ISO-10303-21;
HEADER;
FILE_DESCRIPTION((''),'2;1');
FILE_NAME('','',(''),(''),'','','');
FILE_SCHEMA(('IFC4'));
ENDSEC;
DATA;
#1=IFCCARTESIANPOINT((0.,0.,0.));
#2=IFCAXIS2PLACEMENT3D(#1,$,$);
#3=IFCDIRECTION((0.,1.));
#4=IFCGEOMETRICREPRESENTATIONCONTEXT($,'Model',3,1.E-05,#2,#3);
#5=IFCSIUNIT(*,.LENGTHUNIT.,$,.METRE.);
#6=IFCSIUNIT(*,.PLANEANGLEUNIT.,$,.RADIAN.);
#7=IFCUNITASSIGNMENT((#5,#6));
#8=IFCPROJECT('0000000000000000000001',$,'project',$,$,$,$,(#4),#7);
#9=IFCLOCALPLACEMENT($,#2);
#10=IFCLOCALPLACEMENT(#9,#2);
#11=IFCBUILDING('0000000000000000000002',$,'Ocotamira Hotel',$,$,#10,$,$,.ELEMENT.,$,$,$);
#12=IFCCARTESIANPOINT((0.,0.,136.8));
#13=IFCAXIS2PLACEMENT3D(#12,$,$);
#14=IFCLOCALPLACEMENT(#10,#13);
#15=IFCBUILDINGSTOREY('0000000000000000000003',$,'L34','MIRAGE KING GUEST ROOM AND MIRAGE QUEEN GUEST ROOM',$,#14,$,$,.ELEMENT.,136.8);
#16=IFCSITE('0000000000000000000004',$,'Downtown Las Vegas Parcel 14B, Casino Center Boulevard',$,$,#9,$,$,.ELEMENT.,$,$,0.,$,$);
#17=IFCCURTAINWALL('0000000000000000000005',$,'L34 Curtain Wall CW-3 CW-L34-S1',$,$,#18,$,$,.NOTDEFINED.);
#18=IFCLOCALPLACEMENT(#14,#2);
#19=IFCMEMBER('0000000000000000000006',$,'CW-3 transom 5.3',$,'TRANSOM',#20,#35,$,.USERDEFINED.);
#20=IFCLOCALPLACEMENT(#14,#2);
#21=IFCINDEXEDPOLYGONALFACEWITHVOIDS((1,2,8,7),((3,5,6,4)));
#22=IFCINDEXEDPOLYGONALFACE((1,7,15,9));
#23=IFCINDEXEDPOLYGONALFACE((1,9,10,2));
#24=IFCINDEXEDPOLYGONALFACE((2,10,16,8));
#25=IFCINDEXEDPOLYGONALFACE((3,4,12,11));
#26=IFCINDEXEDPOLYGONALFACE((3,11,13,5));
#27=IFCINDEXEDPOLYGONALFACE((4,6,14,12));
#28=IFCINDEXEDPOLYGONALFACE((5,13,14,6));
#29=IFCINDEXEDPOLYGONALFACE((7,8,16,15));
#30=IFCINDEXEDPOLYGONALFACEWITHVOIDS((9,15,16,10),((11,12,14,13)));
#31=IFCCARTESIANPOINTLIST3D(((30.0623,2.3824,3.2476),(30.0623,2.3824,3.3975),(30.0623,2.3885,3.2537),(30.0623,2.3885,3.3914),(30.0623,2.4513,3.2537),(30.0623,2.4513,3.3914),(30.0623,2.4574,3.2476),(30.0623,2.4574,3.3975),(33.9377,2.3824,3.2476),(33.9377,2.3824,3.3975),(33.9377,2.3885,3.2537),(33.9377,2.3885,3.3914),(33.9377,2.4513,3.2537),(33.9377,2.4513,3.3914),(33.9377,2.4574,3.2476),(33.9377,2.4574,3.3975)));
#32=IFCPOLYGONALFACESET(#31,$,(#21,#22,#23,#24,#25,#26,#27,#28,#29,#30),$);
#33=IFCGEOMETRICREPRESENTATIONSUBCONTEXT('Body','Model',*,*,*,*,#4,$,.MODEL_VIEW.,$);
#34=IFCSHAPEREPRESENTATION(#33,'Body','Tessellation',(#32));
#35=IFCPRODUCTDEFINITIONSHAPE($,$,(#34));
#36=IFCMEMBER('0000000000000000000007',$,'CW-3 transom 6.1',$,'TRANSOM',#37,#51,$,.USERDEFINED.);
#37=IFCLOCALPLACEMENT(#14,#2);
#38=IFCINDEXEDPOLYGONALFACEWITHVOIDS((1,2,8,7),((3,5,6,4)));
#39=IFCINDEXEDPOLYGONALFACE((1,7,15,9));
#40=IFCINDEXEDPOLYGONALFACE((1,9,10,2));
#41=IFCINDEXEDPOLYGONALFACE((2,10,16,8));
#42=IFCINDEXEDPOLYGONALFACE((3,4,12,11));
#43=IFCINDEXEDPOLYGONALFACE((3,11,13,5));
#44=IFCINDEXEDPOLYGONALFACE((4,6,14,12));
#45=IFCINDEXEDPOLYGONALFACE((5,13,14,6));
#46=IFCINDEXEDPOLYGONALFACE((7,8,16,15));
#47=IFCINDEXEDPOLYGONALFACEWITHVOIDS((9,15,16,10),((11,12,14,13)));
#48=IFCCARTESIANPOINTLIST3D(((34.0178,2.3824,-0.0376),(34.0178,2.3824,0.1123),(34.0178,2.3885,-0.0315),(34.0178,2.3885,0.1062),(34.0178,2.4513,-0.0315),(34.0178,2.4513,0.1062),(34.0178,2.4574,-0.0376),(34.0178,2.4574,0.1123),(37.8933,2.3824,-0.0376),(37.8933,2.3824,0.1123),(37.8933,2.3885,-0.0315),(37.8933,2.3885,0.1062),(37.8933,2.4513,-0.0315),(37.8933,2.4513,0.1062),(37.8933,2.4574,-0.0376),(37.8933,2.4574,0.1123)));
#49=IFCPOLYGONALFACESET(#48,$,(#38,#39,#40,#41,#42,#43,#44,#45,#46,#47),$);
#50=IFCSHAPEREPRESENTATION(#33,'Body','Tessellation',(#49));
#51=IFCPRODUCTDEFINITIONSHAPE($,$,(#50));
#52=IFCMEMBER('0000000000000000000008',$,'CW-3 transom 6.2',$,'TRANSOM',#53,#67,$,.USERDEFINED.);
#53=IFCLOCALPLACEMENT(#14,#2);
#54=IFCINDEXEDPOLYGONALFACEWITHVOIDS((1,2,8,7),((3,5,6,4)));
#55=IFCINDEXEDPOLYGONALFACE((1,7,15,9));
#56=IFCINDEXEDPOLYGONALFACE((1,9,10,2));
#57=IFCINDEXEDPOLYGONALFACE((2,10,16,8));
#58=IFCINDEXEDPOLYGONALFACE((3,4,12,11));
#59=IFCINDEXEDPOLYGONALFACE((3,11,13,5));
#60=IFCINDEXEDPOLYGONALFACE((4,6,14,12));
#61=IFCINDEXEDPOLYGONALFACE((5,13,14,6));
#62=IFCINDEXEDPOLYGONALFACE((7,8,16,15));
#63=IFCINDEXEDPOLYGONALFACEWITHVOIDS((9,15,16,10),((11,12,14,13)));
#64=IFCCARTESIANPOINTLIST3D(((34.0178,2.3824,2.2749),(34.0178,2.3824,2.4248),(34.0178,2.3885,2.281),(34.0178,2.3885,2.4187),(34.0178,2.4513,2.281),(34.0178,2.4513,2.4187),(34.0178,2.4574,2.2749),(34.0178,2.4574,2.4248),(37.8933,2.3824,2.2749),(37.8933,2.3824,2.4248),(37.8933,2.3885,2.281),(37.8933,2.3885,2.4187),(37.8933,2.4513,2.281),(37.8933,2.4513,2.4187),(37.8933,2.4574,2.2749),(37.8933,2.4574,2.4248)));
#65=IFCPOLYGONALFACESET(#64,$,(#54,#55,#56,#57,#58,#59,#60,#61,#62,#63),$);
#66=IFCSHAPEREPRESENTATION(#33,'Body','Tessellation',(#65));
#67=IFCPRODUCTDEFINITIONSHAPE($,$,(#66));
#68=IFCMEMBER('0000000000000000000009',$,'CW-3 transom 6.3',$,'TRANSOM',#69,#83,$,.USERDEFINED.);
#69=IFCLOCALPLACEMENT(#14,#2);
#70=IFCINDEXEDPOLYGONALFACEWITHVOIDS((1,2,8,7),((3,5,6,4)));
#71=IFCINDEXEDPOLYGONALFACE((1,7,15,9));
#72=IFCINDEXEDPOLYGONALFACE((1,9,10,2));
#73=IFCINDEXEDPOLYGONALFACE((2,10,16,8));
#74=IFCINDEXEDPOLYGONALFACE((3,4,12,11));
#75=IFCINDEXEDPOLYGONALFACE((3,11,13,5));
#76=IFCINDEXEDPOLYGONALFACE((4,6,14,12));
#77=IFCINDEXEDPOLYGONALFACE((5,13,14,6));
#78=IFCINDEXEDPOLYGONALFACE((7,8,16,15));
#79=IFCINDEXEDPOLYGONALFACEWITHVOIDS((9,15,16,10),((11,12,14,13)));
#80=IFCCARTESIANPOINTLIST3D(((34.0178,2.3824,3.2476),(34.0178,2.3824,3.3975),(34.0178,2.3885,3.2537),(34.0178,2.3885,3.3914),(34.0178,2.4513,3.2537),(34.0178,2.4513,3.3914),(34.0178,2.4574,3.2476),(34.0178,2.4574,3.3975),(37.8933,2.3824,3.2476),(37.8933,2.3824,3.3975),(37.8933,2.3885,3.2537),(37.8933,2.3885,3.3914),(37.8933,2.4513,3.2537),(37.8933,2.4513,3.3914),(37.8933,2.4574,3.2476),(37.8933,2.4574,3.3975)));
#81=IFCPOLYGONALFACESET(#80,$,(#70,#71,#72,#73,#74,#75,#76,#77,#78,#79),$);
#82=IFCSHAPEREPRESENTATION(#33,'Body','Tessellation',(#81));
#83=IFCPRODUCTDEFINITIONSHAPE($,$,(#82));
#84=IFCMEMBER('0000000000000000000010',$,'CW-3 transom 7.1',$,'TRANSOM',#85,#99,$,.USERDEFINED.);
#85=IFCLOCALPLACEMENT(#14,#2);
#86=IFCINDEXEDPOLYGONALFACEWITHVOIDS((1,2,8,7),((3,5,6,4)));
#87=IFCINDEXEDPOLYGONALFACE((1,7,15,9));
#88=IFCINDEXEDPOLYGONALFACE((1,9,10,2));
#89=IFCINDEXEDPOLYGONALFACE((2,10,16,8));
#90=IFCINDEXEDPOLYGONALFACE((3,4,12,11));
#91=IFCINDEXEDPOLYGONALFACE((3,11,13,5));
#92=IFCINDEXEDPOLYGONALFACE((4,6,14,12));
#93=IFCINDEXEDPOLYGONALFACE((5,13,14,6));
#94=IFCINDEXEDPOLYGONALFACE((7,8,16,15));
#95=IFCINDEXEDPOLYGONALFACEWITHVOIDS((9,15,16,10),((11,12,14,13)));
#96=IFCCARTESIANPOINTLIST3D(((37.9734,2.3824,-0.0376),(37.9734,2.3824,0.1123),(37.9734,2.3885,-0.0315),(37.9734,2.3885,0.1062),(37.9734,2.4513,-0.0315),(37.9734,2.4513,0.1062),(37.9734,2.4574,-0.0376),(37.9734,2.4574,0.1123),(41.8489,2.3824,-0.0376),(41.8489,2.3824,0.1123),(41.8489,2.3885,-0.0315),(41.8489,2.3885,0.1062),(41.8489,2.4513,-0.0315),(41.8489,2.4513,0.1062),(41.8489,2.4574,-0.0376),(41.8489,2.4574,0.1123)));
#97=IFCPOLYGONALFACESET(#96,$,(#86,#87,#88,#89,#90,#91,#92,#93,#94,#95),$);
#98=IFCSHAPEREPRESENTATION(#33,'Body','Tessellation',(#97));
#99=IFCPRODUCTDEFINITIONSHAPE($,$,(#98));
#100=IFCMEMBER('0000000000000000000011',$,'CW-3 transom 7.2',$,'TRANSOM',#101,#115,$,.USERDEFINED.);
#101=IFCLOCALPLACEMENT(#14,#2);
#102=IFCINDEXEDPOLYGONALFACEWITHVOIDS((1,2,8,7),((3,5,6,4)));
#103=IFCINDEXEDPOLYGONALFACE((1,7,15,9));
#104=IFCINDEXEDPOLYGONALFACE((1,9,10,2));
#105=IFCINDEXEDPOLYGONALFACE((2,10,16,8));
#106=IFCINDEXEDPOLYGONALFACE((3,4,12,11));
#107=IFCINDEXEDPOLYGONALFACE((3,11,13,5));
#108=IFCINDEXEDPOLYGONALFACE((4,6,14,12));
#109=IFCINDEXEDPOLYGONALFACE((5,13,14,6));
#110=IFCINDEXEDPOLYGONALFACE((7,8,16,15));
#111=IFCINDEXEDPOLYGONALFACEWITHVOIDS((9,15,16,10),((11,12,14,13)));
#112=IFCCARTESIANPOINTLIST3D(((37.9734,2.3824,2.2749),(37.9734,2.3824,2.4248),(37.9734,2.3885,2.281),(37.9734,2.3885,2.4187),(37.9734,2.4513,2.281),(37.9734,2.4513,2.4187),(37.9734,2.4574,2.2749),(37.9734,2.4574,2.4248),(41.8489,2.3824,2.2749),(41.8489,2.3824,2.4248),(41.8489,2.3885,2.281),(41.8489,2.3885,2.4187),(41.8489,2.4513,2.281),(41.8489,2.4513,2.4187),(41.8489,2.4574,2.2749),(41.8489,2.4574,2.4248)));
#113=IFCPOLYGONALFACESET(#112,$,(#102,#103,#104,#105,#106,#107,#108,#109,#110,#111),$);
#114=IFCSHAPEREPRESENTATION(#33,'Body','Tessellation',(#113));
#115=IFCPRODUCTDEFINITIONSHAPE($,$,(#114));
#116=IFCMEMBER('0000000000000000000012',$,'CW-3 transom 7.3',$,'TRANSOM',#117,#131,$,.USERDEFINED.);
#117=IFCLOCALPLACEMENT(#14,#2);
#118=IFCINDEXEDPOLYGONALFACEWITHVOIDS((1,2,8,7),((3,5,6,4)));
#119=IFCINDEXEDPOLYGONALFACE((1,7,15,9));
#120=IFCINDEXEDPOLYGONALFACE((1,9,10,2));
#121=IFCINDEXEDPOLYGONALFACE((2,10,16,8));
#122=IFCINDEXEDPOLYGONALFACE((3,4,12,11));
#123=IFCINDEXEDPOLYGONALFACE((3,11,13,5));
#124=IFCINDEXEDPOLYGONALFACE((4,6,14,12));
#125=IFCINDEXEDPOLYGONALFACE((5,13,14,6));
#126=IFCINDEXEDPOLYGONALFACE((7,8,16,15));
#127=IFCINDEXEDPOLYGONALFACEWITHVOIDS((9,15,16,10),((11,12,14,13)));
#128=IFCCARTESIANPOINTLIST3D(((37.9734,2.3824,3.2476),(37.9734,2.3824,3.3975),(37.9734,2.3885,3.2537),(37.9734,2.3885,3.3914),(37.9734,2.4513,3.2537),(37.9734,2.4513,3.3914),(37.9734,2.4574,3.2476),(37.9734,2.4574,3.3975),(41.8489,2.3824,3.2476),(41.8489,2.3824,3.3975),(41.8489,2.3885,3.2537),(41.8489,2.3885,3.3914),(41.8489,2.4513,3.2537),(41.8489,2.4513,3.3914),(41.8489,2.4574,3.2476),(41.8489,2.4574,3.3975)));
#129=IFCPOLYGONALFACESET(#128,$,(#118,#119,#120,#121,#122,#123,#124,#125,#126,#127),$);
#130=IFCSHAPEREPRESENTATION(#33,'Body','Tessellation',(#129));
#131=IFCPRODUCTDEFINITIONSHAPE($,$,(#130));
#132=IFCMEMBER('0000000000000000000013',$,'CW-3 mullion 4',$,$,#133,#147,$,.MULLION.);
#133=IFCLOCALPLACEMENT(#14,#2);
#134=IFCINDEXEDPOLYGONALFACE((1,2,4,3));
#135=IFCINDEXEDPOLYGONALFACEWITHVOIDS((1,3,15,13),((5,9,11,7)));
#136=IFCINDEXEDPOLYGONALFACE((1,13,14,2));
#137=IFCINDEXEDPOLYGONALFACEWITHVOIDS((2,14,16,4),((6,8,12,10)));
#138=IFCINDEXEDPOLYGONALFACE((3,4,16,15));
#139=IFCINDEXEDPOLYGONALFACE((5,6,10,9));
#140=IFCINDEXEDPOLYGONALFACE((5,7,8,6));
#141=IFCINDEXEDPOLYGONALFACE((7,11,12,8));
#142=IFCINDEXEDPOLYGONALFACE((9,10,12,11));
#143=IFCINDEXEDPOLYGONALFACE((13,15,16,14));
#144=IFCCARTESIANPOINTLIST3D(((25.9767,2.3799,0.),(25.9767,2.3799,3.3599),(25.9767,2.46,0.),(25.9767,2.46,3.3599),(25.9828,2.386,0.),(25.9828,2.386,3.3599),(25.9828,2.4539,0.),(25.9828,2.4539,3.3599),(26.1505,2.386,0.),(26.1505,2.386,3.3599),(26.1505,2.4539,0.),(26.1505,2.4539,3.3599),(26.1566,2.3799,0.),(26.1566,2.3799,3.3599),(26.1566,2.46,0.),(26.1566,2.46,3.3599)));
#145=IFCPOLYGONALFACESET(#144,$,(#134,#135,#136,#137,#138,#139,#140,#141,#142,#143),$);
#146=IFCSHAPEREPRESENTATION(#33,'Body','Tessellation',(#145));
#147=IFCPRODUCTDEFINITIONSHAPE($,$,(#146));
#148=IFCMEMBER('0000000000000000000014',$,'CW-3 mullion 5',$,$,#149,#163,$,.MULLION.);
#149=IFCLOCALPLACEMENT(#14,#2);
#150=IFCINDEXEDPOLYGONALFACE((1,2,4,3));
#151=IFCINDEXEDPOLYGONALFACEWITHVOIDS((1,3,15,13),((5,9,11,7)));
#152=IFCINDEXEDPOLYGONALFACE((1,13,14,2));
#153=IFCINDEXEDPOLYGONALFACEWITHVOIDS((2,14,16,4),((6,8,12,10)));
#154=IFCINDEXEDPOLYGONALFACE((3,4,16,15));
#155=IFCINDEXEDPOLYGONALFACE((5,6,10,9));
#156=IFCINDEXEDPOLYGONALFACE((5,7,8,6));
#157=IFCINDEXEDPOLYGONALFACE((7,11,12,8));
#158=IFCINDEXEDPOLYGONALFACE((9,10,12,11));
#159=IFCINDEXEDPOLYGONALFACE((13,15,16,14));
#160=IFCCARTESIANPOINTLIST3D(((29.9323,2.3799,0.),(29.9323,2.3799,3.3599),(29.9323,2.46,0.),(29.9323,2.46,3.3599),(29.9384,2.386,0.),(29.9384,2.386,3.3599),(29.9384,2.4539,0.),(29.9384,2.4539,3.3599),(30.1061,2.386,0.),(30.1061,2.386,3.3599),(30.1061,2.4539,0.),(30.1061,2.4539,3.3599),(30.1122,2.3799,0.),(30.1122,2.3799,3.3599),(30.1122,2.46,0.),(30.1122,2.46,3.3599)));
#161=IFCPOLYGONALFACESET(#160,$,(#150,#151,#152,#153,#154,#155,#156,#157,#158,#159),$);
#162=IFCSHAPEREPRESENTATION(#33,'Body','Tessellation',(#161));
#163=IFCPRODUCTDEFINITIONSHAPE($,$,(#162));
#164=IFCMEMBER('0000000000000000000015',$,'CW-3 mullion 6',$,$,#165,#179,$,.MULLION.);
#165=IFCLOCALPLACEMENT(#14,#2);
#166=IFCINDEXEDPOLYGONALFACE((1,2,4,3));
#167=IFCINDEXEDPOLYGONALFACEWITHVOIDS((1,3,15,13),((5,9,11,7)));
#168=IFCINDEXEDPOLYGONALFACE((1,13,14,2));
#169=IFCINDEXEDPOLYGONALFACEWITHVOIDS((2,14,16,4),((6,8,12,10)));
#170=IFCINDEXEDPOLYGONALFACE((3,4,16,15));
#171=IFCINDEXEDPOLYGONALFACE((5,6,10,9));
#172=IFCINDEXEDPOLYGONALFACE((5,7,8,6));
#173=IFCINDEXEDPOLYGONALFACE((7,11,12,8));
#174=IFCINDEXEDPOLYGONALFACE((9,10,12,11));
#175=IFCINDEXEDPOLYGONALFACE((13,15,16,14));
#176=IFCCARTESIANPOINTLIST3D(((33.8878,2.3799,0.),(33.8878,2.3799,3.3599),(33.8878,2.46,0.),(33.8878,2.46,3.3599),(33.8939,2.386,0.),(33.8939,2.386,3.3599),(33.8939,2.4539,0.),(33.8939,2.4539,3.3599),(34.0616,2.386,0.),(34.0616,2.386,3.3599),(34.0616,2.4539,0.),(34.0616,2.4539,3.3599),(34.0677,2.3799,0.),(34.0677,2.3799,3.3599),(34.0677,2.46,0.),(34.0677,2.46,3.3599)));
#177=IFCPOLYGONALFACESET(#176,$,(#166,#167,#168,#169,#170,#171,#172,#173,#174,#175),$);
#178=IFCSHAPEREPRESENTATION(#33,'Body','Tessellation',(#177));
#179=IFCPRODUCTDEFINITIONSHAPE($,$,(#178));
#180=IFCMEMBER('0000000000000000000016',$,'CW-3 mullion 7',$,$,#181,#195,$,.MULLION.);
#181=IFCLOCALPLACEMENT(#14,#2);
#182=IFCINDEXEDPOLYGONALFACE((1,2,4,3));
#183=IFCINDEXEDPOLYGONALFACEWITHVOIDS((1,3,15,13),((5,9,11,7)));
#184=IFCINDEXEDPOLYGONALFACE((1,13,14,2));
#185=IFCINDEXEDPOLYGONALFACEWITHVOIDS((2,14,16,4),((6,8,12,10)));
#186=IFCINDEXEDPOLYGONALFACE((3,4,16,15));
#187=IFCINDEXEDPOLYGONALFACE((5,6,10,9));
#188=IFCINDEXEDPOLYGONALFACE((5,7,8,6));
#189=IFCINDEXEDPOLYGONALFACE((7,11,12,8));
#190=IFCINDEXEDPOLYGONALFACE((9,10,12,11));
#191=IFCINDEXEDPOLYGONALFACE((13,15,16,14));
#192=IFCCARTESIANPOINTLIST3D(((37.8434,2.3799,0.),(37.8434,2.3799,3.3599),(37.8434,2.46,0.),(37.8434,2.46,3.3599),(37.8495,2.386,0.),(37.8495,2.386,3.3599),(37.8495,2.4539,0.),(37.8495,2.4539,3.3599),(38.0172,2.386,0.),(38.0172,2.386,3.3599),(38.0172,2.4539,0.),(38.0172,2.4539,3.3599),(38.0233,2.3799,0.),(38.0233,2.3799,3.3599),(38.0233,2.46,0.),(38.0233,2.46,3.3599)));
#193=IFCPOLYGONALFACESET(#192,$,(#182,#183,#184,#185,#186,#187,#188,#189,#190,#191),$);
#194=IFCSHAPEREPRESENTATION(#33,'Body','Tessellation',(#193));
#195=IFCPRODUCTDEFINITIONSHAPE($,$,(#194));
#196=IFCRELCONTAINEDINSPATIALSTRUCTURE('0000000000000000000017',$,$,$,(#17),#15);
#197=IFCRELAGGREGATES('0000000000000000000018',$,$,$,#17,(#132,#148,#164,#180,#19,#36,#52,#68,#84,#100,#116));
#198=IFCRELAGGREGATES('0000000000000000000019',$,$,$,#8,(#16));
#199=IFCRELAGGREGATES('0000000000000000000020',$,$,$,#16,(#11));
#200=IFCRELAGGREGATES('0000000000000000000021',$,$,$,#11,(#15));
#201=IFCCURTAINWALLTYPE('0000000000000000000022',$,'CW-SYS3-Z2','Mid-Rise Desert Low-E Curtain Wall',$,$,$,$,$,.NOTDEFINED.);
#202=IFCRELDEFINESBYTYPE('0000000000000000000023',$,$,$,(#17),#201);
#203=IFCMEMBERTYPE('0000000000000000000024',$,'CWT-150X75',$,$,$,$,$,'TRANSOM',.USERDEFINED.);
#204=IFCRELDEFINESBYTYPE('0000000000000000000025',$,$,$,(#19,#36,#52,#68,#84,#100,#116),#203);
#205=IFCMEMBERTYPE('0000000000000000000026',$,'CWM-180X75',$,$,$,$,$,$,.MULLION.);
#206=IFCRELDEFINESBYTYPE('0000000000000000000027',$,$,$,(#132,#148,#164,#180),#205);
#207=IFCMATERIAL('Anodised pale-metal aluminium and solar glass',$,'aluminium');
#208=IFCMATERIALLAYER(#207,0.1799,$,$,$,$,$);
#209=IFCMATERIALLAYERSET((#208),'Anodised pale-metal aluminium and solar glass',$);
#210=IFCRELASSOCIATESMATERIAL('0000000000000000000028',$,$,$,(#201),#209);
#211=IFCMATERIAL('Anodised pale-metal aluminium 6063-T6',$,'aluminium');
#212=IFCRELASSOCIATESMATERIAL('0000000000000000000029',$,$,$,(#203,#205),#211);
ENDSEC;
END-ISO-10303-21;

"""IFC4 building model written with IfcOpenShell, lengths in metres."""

from ifc_helpers import new_model, si_unit, direction, frame, origin, origin_2d, place, context, subcontext, project, spatial, hollow_rectangle, extrude, source, transform, mapped, material, layer, layer_set, material_profile, profile_set, type_object, element, aggregate, save


model = new_model("IFC4")

# Units and contexts
model_context = context("Model", 3, precision=1e-05, world=origin(), true_north=direction((0.0, 1.0)))
body_context = subcontext(model_context, "Body", "Model", "MODEL_VIEW")
ifc_project = project(units=[si_unit("LENGTHUNIT", "METRE"), si_unit("PLANEANGLEUNIT", "RADIAN")], contexts=[model_context])

# Site, building, storey
site_placement = place(None, origin())
site = spatial("IfcSite", under=ifc_project, at=site_placement, Name="Downtown Las Vegas Parcel 14B, Casino Center Boulevard", CompositionType="ELEMENT", RefElevation=0.0)
building_placement = place(site_placement, origin())
building = spatial("IfcBuilding", under=site, at=building_placement, Name="Ocotamira Hotel", CompositionType="ELEMENT")
storey_placement = place(building_placement, frame((0.0, 0.0, 136.8)))
storey = spatial("IfcBuildingStorey", under=building, at=storey_placement, Name="L34", Description="MIRAGE KING GUEST ROOM AND MIRAGE QUEEN GUEST ROOM", CompositionType="ELEMENT", Elevation=136.8)

# Curtain wall, members
ifc_material_1 = material(Name="Anodised pale-metal aluminium and solar glass", Category="aluminium")
ifc_layer_1 = layer(ifc_material_1, 0.1799)
ifc_layer_set_1 = layer_set([ifc_layer_1], Name="Anodised pale-metal aluminium and solar glass")
curtain_wall_type = type_object("IfcCurtainWallType", Name="CW-SYS3-Z2", Description="Mid-Rise Desert Low-E Curtain Wall", PredefinedType="NOTDEFINED", material=ifc_layer_set_1)
curtain_wall_placement = place(storey_placement, origin())
curtain_wall = element("IfcCurtainWall", 1, at=curtain_wall_placement, inside=storey, type_object=curtain_wall_type, Name="L34 Curtain Wall CW-3 CW-L34-S1", PredefinedType="NOTDEFINED")
ifc_material_2 = material(Name="Anodised pale-metal aluminium 6063-T6", Category="aluminium")
ifc_material_profile_1 = material_profile(ifc_material_2, hollow_rectangle(XDim=0.075, YDim=0.1499, WallThickness=0.0061, at=origin_2d()), Name="HSS150X75X6")
ifc_profile_set_1 = profile_set([ifc_material_profile_1], Name="Anodised pale-metal aluminium 6063-T6")
member_type_1 = type_object("IfcMemberType", Name="CWT-150X75", ElementType="TRANSOM", PredefinedType="USERDEFINED", material=ifc_profile_set_1)
shared_shape_1 = source(origin(), body_context, "Body", "SweptSolid", [
    extrude(hollow_rectangle(XDim=0.075, YDim=0.1499, WallThickness=0.0061, at=origin_2d()), origin(), (0.0, 0.0, 1.0), 3.8755),
])
member_1_placement = place(storey_placement, frame((30.0623, 2.4199, 3.3225), z_axis=(1.0, 0.0, 0.0), x_axis=(0.0, 1.0, 0.0)))
member_1 = element("IfcMember", 2, at=member_1_placement, type_object=member_type_1, Name="CW-3 transom 5.3", ObjectType="TRANSOM", PredefinedType="USERDEFINED", context=body_context, shape_type="MappedRepresentation", body=[
    mapped(shared_shape_1, transform((0.0, 0.0, 0.0), scale=1.0)),
])
member_2_placement = place(storey_placement, frame((34.0178, 2.4199, 0.0374), z_axis=(1.0, 0.0, 0.0), x_axis=(0.0, 1.0, 0.0)))
member_2 = element("IfcMember", 3, at=member_2_placement, type_object=member_type_1, Name="CW-3 transom 6.1", ObjectType="TRANSOM", PredefinedType="USERDEFINED", context=body_context, shape_type="MappedRepresentation", body=[
    mapped(shared_shape_1, transform((0.0, 0.0, 0.0), scale=1.0)),
])
member_3_placement = place(storey_placement, frame((34.0178, 2.4199, 2.3499), z_axis=(1.0, 0.0, 0.0), x_axis=(0.0, 1.0, 0.0)))
member_3 = element("IfcMember", 4, at=member_3_placement, type_object=member_type_1, Name="CW-3 transom 6.2", ObjectType="TRANSOM", PredefinedType="USERDEFINED", context=body_context, shape_type="MappedRepresentation", body=[
    mapped(shared_shape_1, transform((0.0, 0.0, 0.0), scale=1.0)),
])
member_4_placement = place(storey_placement, frame((34.0178, 2.4199, 3.3225), z_axis=(1.0, 0.0, 0.0), x_axis=(0.0, 1.0, 0.0)))
member_4 = element("IfcMember", 5, at=member_4_placement, type_object=member_type_1, Name="CW-3 transom 6.3", ObjectType="TRANSOM", PredefinedType="USERDEFINED", context=body_context, shape_type="MappedRepresentation", body=[
    mapped(shared_shape_1, transform((0.0, 0.0, 0.0), scale=1.0)),
])
member_5_placement = place(storey_placement, frame((37.9734, 2.4199, 0.0374), z_axis=(1.0, 0.0, 0.0), x_axis=(0.0, 1.0, 0.0)))
member_5 = element("IfcMember", 6, at=member_5_placement, type_object=member_type_1, Name="CW-3 transom 7.1", ObjectType="TRANSOM", PredefinedType="USERDEFINED", context=body_context, shape_type="MappedRepresentation", body=[
    mapped(shared_shape_1, transform((0.0, 0.0, 0.0), scale=1.0)),
])
member_6_placement = place(storey_placement, frame((37.9734, 2.4199, 2.3499), z_axis=(1.0, 0.0, 0.0), x_axis=(0.0, 1.0, 0.0)))
member_6 = element("IfcMember", 7, at=member_6_placement, type_object=member_type_1, Name="CW-3 transom 7.2", ObjectType="TRANSOM", PredefinedType="USERDEFINED", context=body_context, shape_type="MappedRepresentation", body=[
    mapped(shared_shape_1, transform((0.0, 0.0, 0.0), scale=1.0)),
])
member_7_placement = place(storey_placement, frame((37.9734, 2.4199, 3.3225), z_axis=(1.0, 0.0, 0.0), x_axis=(0.0, 1.0, 0.0)))
member_7 = element("IfcMember", 8, at=member_7_placement, type_object=member_type_1, Name="CW-3 transom 7.3", ObjectType="TRANSOM", PredefinedType="USERDEFINED", context=body_context, shape_type="MappedRepresentation", body=[
    mapped(shared_shape_1, transform((0.0, 0.0, 0.0), scale=1.0)),
])
ifc_material_profile_2 = material_profile(ifc_material_2, hollow_rectangle(XDim=0.0801, YDim=0.1799, WallThickness=0.0061, at=origin_2d()), Name="HSS180X80X6")
ifc_profile_set_2 = profile_set([ifc_material_profile_2], Name="Anodised pale-metal aluminium 6063-T6")
member_type_2 = type_object("IfcMemberType", Name="CWM-180X75", PredefinedType="MULLION", material=ifc_profile_set_2)
shared_shape_2 = source(origin(), body_context, "Body", "SweptSolid", [
    extrude(hollow_rectangle(XDim=0.0801, YDim=0.1799, WallThickness=0.0061, at=origin_2d()), origin(), (0.0, 0.0, 1.0), 3.3599),
])
member_8_placement = place(storey_placement, frame((26.0667, 2.4199, 0.0), z_axis=(0.0, 0.0, 1.0), x_axis=(0.0, 1.0, 0.0)))
member_8 = element("IfcMember", 9, at=member_8_placement, type_object=member_type_2, Name="CW-3 mullion 4", PredefinedType="MULLION", context=body_context, shape_type="MappedRepresentation", body=[
    mapped(shared_shape_2, transform((0.0, 0.0, 0.0), scale=1.0)),
])
member_9_placement = place(storey_placement, frame((30.0222, 2.4199, 0.0), z_axis=(0.0, 0.0, 1.0), x_axis=(0.0, 1.0, 0.0)))
member_9 = element("IfcMember", 10, at=member_9_placement, type_object=member_type_2, Name="CW-3 mullion 5", PredefinedType="MULLION", context=body_context, shape_type="MappedRepresentation", body=[
    mapped(shared_shape_2, transform((0.0, 0.0, 0.0), scale=1.0)),
])
member_10_placement = place(storey_placement, frame((33.9778, 2.4199, 0.0), z_axis=(0.0, 0.0, 1.0), x_axis=(0.0, 1.0, 0.0)))
member_10 = element("IfcMember", 11, at=member_10_placement, type_object=member_type_2, Name="CW-3 mullion 6", PredefinedType="MULLION", context=body_context, shape_type="MappedRepresentation", body=[
    mapped(shared_shape_2, transform((0.0, 0.0, 0.0), scale=1.0)),
])
member_11_placement = place(storey_placement, frame((37.9333, 2.4199, 0.0), z_axis=(0.0, 0.0, 1.0), x_axis=(0.0, 1.0, 0.0)))
member_11 = element("IfcMember", 12, at=member_11_placement, type_object=member_type_2, Name="CW-3 mullion 7", PredefinedType="MULLION", context=body_context, shape_type="MappedRepresentation", body=[
    mapped(shared_shape_2, transform((0.0, 0.0, 0.0), scale=1.0)),
])

aggregate(curtain_wall, [member_8, member_9, member_10, member_11, member_1, member_2, member_3, member_4, member_5, member_6, member_7])

save(model, "model.ifc")
